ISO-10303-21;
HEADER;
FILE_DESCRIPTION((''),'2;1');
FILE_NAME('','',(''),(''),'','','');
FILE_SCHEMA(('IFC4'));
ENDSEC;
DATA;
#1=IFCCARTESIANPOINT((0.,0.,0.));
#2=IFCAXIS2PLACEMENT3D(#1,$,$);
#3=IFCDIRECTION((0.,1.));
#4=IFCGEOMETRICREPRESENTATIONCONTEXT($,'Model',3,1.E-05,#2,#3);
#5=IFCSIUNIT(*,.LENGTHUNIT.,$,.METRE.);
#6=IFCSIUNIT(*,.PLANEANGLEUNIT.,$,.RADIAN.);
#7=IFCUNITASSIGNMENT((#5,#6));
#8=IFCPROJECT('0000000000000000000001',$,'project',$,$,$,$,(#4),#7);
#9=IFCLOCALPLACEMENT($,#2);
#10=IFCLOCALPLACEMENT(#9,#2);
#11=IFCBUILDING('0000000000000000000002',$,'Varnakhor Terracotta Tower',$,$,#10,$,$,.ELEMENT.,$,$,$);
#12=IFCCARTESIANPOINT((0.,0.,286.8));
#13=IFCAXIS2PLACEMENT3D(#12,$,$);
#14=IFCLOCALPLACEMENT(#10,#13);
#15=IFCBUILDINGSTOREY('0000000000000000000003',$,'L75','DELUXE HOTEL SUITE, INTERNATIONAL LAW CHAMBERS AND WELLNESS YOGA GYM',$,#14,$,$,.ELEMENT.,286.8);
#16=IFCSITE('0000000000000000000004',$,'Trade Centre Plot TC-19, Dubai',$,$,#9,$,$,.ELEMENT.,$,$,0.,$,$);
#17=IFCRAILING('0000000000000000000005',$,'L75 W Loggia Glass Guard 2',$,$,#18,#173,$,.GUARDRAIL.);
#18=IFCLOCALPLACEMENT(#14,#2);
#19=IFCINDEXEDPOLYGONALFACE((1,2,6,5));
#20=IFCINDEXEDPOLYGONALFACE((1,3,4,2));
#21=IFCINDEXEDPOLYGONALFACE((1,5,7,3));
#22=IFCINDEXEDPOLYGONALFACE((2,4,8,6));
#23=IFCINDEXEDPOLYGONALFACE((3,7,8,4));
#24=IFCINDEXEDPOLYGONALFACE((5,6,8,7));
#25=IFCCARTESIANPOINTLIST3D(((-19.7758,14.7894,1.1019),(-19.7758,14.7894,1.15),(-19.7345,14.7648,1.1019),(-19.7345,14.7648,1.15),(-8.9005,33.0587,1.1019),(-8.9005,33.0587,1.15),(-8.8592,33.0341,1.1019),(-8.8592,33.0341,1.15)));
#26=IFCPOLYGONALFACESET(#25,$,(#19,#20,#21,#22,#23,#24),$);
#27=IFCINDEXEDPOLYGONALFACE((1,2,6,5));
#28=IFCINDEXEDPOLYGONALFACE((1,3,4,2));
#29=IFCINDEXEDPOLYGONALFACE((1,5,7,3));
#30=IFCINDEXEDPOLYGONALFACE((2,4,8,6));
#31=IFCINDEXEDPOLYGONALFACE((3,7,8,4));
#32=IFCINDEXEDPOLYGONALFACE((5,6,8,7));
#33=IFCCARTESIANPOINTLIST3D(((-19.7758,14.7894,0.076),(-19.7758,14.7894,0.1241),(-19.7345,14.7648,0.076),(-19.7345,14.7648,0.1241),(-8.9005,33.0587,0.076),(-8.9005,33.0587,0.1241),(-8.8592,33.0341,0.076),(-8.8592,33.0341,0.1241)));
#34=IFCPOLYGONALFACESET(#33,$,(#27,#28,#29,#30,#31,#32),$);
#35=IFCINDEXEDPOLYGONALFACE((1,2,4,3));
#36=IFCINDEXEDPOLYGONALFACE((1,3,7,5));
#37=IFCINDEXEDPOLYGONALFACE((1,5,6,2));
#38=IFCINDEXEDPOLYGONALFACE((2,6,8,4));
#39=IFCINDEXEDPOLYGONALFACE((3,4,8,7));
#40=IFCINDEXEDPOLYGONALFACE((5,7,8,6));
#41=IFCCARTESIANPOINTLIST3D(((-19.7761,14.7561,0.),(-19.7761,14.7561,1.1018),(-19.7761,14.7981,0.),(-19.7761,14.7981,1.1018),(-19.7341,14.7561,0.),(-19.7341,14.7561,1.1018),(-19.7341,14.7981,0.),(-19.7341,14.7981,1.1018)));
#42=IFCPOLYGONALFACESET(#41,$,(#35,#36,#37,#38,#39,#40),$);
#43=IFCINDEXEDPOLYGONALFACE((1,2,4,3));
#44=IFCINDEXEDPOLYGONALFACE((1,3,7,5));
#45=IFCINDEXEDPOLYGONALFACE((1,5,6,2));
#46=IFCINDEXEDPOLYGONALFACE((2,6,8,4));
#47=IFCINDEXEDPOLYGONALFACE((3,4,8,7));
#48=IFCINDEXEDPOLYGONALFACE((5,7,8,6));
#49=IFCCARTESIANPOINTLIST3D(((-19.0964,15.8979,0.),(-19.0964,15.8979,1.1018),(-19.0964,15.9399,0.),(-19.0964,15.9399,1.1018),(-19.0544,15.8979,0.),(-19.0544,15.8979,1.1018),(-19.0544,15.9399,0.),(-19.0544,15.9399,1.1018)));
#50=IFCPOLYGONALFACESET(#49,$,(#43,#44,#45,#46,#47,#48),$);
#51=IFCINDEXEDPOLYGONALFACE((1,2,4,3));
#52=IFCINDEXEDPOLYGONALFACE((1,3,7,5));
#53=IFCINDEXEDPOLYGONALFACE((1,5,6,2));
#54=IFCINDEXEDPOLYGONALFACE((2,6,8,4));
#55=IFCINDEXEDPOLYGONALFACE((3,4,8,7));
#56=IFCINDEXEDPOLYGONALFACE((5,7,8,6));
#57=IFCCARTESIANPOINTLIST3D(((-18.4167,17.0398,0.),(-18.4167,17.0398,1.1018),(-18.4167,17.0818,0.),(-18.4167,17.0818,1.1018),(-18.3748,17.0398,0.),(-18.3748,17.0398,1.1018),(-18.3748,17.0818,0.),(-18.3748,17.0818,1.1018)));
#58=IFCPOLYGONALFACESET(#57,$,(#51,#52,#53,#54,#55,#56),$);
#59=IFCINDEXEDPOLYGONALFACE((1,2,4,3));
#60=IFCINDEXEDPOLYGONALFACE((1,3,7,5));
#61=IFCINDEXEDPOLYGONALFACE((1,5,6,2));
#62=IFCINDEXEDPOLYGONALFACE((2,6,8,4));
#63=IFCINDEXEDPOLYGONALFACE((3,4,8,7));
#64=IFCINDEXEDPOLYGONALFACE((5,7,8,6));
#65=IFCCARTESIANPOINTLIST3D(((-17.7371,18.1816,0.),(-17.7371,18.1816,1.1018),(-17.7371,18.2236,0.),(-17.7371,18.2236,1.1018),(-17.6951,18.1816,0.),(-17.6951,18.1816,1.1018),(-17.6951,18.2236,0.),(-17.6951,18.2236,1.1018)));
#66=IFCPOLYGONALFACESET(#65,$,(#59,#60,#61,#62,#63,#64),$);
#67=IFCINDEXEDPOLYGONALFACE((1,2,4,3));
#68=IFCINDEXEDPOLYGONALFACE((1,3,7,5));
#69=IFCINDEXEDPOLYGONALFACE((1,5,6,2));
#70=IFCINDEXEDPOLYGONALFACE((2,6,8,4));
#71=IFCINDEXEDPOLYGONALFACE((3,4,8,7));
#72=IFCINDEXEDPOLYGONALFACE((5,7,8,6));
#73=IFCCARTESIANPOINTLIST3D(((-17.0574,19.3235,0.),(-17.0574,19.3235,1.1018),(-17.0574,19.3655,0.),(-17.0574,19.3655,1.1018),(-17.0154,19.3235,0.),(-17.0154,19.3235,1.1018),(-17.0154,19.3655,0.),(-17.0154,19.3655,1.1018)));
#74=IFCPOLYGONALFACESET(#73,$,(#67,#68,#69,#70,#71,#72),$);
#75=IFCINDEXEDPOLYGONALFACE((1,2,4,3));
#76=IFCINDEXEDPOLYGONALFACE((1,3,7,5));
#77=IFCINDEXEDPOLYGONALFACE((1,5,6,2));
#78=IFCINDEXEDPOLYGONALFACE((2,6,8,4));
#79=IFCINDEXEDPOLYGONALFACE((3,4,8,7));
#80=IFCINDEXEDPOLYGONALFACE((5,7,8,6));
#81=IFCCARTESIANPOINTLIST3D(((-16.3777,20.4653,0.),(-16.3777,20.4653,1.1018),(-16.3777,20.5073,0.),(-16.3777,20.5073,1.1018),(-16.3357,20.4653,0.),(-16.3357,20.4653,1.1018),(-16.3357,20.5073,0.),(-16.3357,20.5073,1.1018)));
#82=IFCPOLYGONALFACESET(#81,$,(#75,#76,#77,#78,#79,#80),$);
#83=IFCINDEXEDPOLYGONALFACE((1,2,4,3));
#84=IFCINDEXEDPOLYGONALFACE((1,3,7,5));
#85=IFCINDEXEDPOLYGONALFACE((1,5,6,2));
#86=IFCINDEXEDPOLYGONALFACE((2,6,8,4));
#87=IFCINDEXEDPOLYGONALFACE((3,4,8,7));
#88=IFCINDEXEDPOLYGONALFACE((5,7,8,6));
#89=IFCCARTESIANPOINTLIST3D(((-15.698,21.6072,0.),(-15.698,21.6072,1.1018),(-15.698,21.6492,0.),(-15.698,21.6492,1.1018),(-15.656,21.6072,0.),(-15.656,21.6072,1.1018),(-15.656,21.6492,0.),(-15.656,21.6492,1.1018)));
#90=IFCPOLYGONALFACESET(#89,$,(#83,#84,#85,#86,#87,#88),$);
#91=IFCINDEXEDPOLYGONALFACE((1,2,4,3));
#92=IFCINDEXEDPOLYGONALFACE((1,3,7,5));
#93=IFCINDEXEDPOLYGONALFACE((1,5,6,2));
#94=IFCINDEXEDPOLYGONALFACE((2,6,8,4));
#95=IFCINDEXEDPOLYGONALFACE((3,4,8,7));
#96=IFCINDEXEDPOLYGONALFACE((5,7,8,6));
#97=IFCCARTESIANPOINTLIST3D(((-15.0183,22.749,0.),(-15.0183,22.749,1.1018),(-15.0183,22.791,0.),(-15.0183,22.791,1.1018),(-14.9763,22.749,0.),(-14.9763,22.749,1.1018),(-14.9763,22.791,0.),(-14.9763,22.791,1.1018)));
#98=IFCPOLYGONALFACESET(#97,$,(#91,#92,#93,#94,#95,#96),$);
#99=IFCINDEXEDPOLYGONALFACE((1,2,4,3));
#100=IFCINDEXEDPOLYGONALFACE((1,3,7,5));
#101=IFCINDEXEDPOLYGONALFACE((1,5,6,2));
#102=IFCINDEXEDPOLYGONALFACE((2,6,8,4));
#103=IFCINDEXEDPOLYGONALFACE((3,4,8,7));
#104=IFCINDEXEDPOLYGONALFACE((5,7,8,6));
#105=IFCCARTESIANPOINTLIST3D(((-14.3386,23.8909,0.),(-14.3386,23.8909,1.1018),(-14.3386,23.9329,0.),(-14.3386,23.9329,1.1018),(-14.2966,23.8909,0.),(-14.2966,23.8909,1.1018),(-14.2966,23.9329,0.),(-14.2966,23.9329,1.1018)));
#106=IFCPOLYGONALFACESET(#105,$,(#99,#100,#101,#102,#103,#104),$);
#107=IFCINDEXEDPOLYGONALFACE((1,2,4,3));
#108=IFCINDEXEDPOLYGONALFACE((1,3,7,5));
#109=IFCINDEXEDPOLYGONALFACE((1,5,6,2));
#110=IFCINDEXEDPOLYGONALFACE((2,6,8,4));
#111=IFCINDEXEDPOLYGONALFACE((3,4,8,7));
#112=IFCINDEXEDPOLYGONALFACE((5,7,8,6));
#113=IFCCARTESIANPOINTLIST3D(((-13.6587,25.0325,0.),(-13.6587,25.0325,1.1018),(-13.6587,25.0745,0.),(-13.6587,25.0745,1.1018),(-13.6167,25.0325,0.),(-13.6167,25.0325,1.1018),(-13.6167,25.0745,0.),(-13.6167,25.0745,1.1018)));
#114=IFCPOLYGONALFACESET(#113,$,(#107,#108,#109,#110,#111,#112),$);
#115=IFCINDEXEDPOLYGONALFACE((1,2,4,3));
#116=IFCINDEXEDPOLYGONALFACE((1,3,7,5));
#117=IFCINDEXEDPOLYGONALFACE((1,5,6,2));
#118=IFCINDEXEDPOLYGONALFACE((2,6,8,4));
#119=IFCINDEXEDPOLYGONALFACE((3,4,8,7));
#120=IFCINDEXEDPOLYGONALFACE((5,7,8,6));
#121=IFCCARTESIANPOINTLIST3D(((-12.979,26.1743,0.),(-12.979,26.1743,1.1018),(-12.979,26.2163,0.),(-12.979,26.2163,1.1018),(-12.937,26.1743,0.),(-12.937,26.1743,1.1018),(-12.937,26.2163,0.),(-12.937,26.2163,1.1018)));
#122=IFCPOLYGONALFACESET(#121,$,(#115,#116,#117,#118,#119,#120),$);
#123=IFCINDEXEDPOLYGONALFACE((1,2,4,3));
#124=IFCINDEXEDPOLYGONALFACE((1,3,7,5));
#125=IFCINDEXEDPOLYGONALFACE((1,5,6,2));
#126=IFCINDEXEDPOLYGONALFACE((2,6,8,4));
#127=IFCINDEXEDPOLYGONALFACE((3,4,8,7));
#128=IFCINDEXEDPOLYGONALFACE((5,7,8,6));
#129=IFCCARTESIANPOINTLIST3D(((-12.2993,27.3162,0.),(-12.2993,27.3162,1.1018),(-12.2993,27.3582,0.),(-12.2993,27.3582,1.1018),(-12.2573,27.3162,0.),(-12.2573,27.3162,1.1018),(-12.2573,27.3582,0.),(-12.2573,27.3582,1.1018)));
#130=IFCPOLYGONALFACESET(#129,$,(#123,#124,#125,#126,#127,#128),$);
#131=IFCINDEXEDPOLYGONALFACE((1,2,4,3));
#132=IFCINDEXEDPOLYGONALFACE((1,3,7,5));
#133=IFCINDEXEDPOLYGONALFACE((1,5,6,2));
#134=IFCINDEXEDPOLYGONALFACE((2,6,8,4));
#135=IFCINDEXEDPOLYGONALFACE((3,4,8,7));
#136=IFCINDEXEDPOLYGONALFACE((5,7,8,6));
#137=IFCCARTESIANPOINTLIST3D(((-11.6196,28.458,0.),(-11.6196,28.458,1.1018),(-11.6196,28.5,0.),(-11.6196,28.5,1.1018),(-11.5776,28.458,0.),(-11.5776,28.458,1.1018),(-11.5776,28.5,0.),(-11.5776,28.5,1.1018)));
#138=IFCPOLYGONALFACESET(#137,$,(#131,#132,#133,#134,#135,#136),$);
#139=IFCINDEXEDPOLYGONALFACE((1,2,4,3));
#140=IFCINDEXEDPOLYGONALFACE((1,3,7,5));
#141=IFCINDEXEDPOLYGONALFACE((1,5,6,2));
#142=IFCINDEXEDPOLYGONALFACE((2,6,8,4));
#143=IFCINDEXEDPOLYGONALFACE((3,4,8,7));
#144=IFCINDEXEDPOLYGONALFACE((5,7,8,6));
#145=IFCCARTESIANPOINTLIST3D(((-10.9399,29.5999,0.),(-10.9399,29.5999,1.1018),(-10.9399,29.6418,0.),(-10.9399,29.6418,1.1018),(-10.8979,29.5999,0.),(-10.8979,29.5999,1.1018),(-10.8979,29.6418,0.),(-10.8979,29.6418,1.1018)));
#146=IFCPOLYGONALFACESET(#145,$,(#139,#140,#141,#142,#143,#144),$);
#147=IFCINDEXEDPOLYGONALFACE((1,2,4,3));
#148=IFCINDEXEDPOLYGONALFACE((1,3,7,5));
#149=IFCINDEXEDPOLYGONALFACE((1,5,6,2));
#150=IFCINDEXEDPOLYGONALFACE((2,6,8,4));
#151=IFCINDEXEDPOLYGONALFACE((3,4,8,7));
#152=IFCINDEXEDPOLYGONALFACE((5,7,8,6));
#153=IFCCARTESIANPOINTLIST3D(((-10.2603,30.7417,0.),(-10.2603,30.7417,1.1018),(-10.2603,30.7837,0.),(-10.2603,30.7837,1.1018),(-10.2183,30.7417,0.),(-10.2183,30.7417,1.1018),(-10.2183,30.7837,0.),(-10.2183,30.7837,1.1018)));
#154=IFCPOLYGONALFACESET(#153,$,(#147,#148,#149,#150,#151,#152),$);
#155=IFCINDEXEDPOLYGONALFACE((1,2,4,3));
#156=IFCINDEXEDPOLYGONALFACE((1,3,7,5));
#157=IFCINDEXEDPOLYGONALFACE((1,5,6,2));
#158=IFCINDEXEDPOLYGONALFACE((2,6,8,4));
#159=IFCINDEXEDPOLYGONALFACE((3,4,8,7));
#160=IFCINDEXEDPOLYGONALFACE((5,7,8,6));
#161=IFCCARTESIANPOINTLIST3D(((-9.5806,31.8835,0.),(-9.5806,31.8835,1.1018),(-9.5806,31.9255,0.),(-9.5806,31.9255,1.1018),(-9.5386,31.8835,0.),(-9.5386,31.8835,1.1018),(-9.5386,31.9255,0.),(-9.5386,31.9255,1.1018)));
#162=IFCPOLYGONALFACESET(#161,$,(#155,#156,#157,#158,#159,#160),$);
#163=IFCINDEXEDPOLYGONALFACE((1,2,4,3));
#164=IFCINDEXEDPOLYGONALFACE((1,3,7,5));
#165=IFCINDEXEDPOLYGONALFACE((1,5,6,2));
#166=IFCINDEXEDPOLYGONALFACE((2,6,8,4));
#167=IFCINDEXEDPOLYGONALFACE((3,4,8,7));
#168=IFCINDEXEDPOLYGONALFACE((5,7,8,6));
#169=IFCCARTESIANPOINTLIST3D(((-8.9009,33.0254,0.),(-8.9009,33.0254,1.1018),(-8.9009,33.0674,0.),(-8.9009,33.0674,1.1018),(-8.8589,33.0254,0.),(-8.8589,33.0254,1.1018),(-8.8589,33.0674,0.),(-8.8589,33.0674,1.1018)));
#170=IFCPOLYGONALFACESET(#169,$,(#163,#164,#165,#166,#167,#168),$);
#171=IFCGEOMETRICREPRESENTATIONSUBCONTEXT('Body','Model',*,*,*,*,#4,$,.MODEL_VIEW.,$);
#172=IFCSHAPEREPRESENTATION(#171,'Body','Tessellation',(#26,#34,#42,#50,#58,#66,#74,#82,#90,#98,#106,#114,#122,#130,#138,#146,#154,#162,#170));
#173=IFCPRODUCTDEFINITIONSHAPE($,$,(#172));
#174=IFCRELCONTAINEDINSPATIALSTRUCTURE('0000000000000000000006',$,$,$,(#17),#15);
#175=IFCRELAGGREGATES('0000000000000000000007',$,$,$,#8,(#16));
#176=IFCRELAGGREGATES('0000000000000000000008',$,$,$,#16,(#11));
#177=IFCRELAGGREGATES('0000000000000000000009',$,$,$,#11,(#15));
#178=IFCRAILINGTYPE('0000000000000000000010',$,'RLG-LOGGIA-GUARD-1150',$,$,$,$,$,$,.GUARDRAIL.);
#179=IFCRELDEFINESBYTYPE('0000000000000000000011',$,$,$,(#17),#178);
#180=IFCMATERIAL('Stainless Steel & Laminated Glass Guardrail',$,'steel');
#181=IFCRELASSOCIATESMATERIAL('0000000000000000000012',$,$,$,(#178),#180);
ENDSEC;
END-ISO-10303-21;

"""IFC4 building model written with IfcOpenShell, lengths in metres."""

from ifc_helpers import new_model, si_unit, direction, frame, origin, origin_2d, place, context, subcontext, project, spatial, rectangle, extrude, material, type_object, element, save


model = new_model("IFC4")

# Units and contexts
model_context = context("Model", 3, precision=1e-05, world=origin(), true_north=direction((0.0, 1.0)))
body_context = subcontext(model_context, "Body", "Model", "MODEL_VIEW")
ifc_project = project(units=[si_unit("LENGTHUNIT", "METRE"), si_unit("PLANEANGLEUNIT", "RADIAN")], contexts=[model_context])

# Site, building, storey
site_placement = place(None, origin())
site = spatial("IfcSite", under=ifc_project, at=site_placement, Name="Trade Centre Plot TC-19, Dubai", CompositionType="ELEMENT", RefElevation=0.0)
building_placement = place(site_placement, origin())
building = spatial("IfcBuilding", under=site, at=building_placement, Name="Varnakhor Terracotta Tower", CompositionType="ELEMENT")
storey_placement = place(building_placement, frame((0.0, 0.0, 286.8)))
storey = spatial("IfcBuildingStorey", under=building, at=storey_placement, Name="L75", Description="DELUXE HOTEL SUITE, INTERNATIONAL LAW CHAMBERS AND WELLNESS YOGA GYM", CompositionType="ELEMENT", Elevation=286.8)

# Railing
ifc_material_1 = material(Name="Stainless Steel & Laminated Glass Guardrail", Category="steel")
railing_type = type_object("IfcRailingType", Name="RLG-LOGGIA-GUARD-1150", PredefinedType="GUARDRAIL", material=ifc_material_1)
railing_1_placement = place(storey_placement, frame((-19.7551, 14.7771, 0.0)))
element("IfcRailing", 1, at=railing_1_placement, inside=storey, type_object=railing_type, Name="L75 W Loggia Glass Guard 2", PredefinedType="GUARDRAIL", context=body_context, shape_type="SweptSolid", body=[
    extrude(rectangle(XDim=0.0481, YDim=0.0481, at=origin_2d()), frame((0.0, 0.0, 1.126), z_axis=(0.511507, 0.859279, 0.0), x_axis=(-0.859279, 0.511507, 0.0)), (0.0, 0.0, 1.0), 21.2612),
    extrude(rectangle(XDim=0.0481, YDim=0.0481, at=origin_2d()), frame((0.0, 0.0, 0.1001), z_axis=(0.511507, 0.859279, 0.0), x_axis=(-0.859279, 0.511507, 0.0)), (0.0, 0.0, 1.0), 21.2612),
    extrude(rectangle(XDim=0.042, YDim=0.042, at=origin_2d()), origin(), (0.0, 0.0, 1.0), 1.1018),
    extrude(rectangle(XDim=0.042, YDim=0.042, at=origin_2d()), frame((0.6797, 1.1418, 0.0)), (0.0, 0.0, 1.0), 1.1018),
    extrude(rectangle(XDim=0.042, YDim=0.042, at=origin_2d()), frame((1.3594, 2.2837, 0.0)), (0.0, 0.0, 1.0), 1.1018),
    extrude(rectangle(XDim=0.042, YDim=0.042, at=origin_2d()), frame((2.0391, 3.4255, 0.0)), (0.0, 0.0, 1.0), 1.1018),
    extrude(rectangle(XDim=0.042, YDim=0.042, at=origin_2d()), frame((2.7188, 4.5674, 0.0)), (0.0, 0.0, 1.0), 1.1018),
    extrude(rectangle(XDim=0.042, YDim=0.042, at=origin_2d()), frame((3.3984, 5.7092, 0.0)), (0.0, 0.0, 1.0), 1.1018),
    extrude(rectangle(XDim=0.042, YDim=0.042, at=origin_2d()), frame((4.0781, 6.8511, 0.0)), (0.0, 0.0, 1.0), 1.1018),
    extrude(rectangle(XDim=0.042, YDim=0.042, at=origin_2d()), frame((4.7578, 7.9929, 0.0)), (0.0, 0.0, 1.0), 1.1018),
    extrude(rectangle(XDim=0.042, YDim=0.042, at=origin_2d()), frame((5.4375, 9.1348, 0.0)), (0.0, 0.0, 1.0), 1.1018),
    extrude(rectangle(XDim=0.042, YDim=0.042, at=origin_2d()), frame((6.1174, 10.2764, 0.0)), (0.0, 0.0, 1.0), 1.1018),
    extrude(rectangle(XDim=0.042, YDim=0.042, at=origin_2d()), frame((6.7971, 11.4182, 0.0)), (0.0, 0.0, 1.0), 1.1018),
    extrude(rectangle(XDim=0.042, YDim=0.042, at=origin_2d()), frame((7.4768, 12.5601, 0.0)), (0.0, 0.0, 1.0), 1.1018),
    extrude(rectangle(XDim=0.042, YDim=0.042, at=origin_2d()), frame((8.1565, 13.7019, 0.0)), (0.0, 0.0, 1.0), 1.1018),
    extrude(rectangle(XDim=0.042, YDim=0.042, at=origin_2d()), frame((8.8362, 14.8438, 0.0)), (0.0, 0.0, 1.0), 1.1018),
    extrude(rectangle(XDim=0.042, YDim=0.042, at=origin_2d()), frame((9.5159, 15.9856, 0.0)), (0.0, 0.0, 1.0), 1.1018),
    extrude(rectangle(XDim=0.042, YDim=0.042, at=origin_2d()), frame((10.1956, 17.1274, 0.0)), (0.0, 0.0, 1.0), 1.1018),
    extrude(rectangle(XDim=0.042, YDim=0.042, at=origin_2d()), frame((10.8752, 18.2693, 0.0)), (0.0, 0.0, 1.0), 1.1018),
])

save(model, "model.ifc")
